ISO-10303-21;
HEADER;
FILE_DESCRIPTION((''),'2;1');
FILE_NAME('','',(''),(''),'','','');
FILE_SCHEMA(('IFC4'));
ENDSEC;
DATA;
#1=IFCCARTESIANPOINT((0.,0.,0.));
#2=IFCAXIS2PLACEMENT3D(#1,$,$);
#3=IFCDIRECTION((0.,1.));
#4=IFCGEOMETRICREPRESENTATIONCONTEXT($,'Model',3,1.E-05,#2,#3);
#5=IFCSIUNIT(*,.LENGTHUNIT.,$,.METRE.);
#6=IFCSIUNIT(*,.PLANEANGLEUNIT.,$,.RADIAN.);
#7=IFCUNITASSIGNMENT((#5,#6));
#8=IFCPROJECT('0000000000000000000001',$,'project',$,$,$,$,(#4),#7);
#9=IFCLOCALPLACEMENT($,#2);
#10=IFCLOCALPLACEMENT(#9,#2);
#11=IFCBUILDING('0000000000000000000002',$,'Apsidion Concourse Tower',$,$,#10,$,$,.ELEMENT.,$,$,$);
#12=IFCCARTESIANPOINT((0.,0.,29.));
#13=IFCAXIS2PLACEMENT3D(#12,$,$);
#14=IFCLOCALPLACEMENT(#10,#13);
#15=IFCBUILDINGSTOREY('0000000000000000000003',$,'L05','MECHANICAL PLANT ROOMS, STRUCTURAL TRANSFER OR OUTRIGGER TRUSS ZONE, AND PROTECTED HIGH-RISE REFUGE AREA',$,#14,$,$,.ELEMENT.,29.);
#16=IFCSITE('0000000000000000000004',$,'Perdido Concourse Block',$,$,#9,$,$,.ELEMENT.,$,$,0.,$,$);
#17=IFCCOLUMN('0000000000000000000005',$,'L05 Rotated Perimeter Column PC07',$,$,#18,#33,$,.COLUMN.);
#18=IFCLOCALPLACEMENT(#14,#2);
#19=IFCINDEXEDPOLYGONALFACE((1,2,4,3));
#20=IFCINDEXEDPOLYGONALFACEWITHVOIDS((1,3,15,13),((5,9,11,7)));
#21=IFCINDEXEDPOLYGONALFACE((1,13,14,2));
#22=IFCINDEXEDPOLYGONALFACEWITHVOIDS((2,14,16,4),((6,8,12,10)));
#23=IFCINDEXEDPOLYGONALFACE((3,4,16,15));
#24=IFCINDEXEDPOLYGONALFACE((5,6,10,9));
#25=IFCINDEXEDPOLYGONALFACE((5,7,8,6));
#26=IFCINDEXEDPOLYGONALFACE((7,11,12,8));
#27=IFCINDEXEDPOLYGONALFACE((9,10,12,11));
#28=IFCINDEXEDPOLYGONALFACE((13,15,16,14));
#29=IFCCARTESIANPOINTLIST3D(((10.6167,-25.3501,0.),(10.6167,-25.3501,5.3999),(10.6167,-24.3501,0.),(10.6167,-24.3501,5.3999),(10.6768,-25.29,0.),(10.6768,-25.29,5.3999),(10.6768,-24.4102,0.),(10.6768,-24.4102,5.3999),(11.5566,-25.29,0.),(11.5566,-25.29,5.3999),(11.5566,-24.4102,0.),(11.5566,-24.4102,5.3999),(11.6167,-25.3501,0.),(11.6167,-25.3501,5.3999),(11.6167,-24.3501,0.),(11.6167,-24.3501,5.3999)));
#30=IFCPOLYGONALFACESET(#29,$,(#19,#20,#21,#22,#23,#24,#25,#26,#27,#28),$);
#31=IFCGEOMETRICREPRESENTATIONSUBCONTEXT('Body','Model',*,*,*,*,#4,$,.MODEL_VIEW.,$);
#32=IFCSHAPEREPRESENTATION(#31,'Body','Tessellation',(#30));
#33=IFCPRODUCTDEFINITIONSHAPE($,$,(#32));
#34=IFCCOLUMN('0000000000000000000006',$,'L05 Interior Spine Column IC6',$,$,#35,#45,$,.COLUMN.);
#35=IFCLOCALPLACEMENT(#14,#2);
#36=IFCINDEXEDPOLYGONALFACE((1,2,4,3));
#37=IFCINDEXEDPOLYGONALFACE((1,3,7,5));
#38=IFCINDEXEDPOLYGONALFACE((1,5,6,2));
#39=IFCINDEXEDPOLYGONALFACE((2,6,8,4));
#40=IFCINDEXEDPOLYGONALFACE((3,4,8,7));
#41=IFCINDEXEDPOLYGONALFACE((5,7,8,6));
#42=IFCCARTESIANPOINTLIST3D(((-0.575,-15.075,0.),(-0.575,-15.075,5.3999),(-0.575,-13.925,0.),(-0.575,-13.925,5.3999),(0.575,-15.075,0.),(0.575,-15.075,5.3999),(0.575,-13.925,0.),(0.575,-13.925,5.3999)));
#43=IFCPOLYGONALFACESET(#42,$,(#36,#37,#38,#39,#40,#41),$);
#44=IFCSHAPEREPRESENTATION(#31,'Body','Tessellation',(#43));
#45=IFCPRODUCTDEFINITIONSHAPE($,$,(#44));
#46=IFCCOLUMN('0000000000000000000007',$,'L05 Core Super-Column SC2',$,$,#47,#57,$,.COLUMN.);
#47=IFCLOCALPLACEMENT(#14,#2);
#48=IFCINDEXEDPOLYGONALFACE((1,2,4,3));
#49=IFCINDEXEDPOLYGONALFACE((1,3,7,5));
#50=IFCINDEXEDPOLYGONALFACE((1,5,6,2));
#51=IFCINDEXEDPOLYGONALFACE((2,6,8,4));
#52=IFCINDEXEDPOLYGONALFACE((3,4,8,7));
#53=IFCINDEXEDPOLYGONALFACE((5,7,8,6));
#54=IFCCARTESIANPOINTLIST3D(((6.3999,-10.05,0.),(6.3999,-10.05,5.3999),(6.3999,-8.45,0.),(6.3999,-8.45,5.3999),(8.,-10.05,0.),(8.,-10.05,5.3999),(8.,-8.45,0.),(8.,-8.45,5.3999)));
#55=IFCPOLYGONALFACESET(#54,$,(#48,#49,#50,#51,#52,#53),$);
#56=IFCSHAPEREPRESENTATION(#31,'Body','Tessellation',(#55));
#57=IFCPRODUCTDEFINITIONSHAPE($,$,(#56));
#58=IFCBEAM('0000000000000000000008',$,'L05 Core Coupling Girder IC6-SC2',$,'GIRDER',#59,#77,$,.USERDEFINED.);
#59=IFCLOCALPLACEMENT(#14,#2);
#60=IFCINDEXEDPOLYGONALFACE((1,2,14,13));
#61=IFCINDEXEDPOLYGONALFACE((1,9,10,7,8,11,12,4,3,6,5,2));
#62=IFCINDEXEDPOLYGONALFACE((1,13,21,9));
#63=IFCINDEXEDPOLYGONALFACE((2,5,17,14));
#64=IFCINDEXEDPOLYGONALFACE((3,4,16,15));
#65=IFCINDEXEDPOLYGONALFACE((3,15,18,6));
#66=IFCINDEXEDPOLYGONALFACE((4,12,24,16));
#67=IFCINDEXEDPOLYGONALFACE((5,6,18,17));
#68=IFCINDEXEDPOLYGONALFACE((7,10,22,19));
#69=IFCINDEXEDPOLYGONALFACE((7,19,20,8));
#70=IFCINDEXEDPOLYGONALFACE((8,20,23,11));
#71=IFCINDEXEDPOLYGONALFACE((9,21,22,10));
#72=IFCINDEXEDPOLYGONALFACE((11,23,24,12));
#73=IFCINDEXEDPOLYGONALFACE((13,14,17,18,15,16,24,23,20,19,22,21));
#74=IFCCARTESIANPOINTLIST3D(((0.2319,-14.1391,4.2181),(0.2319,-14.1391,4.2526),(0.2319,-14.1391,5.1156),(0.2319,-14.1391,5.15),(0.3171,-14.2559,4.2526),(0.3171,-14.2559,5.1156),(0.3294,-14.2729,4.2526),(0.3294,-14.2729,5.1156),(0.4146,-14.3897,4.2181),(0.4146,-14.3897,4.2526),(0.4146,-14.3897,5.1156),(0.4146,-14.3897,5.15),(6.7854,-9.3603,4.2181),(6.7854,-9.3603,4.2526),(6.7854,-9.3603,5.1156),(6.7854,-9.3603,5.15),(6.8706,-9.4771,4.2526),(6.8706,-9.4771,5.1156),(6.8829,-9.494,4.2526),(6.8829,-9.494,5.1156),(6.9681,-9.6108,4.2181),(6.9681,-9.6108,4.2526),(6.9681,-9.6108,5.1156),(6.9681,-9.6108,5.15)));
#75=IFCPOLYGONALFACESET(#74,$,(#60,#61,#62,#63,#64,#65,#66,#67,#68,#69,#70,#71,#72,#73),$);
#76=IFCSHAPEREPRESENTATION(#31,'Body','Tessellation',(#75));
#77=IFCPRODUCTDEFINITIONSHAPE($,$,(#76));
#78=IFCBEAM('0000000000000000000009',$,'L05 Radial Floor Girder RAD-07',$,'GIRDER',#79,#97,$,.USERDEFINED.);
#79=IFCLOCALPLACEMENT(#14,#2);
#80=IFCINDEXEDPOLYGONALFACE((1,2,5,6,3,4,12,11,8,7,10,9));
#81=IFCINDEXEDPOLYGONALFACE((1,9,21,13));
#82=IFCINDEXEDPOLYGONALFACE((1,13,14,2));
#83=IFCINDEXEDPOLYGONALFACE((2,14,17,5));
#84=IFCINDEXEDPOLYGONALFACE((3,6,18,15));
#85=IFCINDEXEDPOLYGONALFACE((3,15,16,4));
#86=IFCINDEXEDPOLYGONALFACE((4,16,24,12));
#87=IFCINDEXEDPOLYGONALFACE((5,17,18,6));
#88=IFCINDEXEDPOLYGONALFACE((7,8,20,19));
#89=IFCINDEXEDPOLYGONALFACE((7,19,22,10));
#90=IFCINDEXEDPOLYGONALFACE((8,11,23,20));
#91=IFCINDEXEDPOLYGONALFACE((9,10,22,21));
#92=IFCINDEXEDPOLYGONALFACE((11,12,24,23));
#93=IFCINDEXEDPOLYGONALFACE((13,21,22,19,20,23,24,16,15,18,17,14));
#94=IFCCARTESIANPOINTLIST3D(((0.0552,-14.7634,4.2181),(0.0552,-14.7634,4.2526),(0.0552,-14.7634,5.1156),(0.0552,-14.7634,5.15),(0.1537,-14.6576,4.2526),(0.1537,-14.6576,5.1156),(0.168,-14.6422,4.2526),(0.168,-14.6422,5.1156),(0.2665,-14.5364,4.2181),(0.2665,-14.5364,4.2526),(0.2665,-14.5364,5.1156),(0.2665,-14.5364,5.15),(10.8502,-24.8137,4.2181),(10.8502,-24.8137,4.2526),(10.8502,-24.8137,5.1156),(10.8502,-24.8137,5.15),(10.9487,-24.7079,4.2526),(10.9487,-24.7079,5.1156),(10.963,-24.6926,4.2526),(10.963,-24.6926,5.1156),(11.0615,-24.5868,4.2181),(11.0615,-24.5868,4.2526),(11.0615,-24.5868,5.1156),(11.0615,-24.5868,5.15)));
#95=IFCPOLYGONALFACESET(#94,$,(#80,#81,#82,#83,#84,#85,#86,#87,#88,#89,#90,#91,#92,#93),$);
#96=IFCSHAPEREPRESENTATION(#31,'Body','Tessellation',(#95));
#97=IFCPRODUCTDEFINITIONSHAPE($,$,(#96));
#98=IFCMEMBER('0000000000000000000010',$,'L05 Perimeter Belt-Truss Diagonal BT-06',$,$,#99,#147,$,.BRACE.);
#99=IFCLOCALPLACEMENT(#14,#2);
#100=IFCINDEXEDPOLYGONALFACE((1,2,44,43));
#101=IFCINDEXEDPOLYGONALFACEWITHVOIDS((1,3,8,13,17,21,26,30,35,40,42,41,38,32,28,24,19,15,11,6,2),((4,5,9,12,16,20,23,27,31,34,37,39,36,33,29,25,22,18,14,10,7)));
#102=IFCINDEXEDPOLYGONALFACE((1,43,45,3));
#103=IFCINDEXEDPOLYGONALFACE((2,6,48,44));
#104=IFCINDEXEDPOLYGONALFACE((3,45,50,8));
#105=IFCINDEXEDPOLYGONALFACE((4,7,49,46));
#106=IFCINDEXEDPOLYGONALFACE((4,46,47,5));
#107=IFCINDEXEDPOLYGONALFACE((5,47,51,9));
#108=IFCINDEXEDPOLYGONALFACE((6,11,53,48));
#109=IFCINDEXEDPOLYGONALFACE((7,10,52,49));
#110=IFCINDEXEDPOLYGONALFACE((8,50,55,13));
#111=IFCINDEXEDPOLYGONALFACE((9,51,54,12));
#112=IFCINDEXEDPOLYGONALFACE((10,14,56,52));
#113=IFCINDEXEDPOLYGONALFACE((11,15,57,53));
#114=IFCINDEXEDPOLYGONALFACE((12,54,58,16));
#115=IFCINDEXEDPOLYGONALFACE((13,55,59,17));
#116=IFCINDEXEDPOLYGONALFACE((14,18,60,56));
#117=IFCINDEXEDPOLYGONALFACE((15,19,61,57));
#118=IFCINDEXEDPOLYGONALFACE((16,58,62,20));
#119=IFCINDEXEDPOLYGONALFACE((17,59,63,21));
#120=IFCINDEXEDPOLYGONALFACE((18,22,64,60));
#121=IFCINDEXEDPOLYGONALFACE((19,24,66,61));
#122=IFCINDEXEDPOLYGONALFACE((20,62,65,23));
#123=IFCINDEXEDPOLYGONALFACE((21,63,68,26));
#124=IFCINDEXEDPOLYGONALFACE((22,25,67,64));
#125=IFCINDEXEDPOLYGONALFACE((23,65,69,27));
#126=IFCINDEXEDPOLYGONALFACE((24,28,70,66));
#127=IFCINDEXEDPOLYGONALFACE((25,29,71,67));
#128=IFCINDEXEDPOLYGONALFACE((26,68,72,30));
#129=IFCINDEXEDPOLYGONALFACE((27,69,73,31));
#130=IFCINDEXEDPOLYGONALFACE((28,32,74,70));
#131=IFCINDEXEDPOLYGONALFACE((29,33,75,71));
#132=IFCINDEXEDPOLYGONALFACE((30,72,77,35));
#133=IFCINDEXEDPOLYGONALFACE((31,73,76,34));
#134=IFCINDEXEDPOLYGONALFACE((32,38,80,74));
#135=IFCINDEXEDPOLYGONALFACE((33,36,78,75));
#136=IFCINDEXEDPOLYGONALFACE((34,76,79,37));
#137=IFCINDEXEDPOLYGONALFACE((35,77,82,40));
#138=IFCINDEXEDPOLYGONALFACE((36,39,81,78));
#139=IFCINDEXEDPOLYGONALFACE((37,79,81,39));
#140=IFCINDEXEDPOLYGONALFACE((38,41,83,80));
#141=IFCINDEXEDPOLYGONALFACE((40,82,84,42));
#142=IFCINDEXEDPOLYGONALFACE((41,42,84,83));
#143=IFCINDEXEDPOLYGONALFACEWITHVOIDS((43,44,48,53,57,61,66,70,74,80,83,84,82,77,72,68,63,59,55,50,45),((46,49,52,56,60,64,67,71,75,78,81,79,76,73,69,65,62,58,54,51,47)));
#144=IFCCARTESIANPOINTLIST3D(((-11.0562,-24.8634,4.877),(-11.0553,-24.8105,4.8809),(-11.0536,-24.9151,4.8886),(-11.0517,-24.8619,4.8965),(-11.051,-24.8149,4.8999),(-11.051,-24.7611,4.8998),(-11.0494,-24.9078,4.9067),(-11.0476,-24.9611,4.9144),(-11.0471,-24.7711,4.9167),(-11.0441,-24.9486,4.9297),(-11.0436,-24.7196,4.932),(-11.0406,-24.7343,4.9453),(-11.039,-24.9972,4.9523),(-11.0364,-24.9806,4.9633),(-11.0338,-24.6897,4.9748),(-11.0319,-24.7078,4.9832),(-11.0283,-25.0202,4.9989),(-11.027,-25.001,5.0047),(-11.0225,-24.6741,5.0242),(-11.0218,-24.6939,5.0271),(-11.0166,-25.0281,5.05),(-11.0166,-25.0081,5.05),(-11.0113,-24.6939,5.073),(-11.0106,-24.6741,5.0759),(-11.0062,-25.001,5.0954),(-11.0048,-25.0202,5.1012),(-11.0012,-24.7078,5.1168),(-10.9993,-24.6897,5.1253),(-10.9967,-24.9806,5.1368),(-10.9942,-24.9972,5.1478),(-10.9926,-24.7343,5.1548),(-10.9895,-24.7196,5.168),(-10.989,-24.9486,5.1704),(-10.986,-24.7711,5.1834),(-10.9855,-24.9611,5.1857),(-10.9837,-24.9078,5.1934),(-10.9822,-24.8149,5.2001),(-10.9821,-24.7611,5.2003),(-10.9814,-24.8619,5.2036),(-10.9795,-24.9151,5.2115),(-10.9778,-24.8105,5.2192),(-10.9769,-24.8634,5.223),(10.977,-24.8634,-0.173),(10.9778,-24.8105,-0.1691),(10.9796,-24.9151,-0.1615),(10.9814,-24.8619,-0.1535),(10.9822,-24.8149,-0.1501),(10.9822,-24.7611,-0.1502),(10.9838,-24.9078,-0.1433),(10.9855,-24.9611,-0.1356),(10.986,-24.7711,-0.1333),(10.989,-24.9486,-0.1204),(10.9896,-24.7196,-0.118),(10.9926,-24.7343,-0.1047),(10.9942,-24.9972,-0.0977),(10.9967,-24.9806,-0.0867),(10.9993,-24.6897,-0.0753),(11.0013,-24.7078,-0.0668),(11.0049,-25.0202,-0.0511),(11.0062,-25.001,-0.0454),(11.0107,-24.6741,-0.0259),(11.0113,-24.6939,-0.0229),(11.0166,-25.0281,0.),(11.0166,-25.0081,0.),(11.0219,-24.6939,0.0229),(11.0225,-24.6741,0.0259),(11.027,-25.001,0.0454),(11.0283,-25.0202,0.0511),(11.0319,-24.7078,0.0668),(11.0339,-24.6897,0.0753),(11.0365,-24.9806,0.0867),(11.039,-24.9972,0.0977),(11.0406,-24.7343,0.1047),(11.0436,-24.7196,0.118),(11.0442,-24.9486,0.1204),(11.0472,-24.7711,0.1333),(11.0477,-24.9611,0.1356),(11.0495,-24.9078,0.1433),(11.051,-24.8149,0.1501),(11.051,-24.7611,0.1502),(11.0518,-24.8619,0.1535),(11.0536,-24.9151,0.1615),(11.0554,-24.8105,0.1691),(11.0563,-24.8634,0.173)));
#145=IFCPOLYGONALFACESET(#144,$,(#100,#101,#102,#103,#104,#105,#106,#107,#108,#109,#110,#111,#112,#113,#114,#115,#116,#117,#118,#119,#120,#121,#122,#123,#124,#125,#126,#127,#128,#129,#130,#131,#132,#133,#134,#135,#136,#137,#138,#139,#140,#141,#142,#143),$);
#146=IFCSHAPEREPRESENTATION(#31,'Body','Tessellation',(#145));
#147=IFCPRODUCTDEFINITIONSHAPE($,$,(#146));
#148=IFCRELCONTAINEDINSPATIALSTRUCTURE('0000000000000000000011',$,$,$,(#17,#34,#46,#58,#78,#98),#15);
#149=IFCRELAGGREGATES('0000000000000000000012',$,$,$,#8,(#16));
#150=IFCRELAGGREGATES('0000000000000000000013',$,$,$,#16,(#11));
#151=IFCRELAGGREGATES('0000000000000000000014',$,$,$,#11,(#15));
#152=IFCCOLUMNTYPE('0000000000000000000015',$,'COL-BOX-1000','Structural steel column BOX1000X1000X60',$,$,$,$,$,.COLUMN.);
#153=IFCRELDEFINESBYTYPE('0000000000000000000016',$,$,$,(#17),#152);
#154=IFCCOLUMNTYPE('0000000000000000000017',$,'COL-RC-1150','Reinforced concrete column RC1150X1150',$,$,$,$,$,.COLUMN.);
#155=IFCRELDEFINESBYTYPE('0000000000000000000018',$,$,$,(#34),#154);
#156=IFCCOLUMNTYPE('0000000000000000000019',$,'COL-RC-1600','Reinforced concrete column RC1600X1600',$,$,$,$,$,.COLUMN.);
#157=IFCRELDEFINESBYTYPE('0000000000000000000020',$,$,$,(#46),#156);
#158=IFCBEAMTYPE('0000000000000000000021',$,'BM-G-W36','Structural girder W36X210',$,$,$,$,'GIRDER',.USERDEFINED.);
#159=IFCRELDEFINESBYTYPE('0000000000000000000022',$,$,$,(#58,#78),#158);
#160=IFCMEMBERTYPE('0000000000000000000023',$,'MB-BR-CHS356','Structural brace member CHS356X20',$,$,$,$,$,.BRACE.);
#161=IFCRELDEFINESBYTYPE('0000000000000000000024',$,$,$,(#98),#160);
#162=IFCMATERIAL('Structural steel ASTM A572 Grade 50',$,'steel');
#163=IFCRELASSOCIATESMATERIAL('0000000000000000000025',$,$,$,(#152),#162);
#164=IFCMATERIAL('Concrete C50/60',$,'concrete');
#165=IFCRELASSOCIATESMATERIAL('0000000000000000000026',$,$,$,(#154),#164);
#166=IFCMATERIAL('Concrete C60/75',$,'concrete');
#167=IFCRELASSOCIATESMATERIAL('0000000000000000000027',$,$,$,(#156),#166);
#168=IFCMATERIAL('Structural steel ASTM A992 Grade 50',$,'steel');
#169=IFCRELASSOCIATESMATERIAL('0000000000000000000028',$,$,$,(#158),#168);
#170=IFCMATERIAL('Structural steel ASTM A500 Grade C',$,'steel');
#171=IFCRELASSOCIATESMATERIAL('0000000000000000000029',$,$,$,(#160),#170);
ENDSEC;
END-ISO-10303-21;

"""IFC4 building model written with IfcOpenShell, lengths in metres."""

from ifc_helpers import new_model, si_unit, direction, frame, origin, origin_2d, place, context, subcontext, project, spatial, rectangle, hollow_rectangle, hollow_circle, i_section, extrude, material, material_profile, profile_set, type_object, element, save


model = new_model("IFC4")

# Units and contexts
model_context = context("Model", 3, precision=1e-05, world=origin(), true_north=direction((0.0, 1.0)))
body_context = subcontext(model_context, "Body", "Model", "MODEL_VIEW")
ifc_project = project(units=[si_unit("LENGTHUNIT", "METRE"), si_unit("PLANEANGLEUNIT", "RADIAN")], contexts=[model_context])

# Site, building, storey
site_placement = place(None, origin())
site = spatial("IfcSite", under=ifc_project, at=site_placement, Name="Perdido Concourse Block", CompositionType="ELEMENT", RefElevation=0.0)
building_placement = place(site_placement, origin())
building = spatial("IfcBuilding", under=site, at=building_placement, Name="Apsidion Concourse Tower", CompositionType="ELEMENT")
storey_placement = place(building_placement, frame((0.0, 0.0, 29.0)))
storey = spatial("IfcBuildingStorey", under=building, at=storey_placement, Name="L05", Description="MECHANICAL PLANT ROOMS, STRUCTURAL TRANSFER OR OUTRIGGER TRUSS ZONE, AND PROTECTED HIGH-RISE REFUGE AREA", CompositionType="ELEMENT", Elevation=29.0)

# Columns
ifc_material_1 = material(Name="Structural steel ASTM A572 Grade 50", Category="steel")
ifc_material_profile_1 = material_profile(ifc_material_1, hollow_rectangle(XDim=1.0, YDim=1.0, WallThickness=0.0601, at=origin_2d()), Name="BOX1000X1000X60")
ifc_profile_set_1 = profile_set([ifc_material_profile_1], Name="Structural steel ASTM A572 Grade 50")
column_type_1 = type_object("IfcColumnType", Name="COL-BOX-1000", Description="Structural steel column BOX1000X1000X60", PredefinedType="COLUMN", material=ifc_profile_set_1)
column_1_placement = place(storey_placement, frame((11.1167, -24.8501, 0.0), z_axis=(0.0, 0.0, 1.0), x_axis=(1.0, 0.0, 0.0)))
element("IfcColumn", 1, at=column_1_placement, inside=storey, type_object=column_type_1, Name="L05 Rotated Perimeter Column PC07", PredefinedType="COLUMN", context=body_context, shape_type="SweptSolid", body=[
    extrude(hollow_rectangle(XDim=1.0, YDim=1.0, WallThickness=0.0601, at=origin_2d()), origin(), (0.0, 0.0, 1.0), 5.3999),
])
ifc_material_2 = material(Name="Concrete C50/60", Category="concrete")
ifc_material_profile_2 = material_profile(ifc_material_2, rectangle(XDim=1.1499, YDim=1.1499, at=origin_2d()), Name="RC 1150x1150")
ifc_profile_set_2 = profile_set([ifc_material_profile_2], Name="Concrete C50/60")
column_type_2 = type_object("IfcColumnType", Name="COL-RC-1150", Description="Reinforced concrete column RC1150X1150", PredefinedType="COLUMN", material=ifc_profile_set_2)
column_2_placement = place(storey_placement, frame((0.0, -14.5, 0.0), z_axis=(0.0, 0.0, 1.0), x_axis=(1.0, 0.0, 0.0)))
element("IfcColumn", 2, at=column_2_placement, inside=storey, type_object=column_type_2, Name="L05 Interior Spine Column IC6", PredefinedType="COLUMN", context=body_context, shape_type="SweptSolid", body=[
    extrude(rectangle(XDim=1.1499, YDim=1.1499, at=origin_2d()), origin(), (0.0, 0.0, 1.0), 5.3999),
])
ifc_material_3 = material(Name="Concrete C60/75", Category="concrete")
ifc_material_profile_3 = material_profile(ifc_material_3, rectangle(XDim=1.6001, YDim=1.6001, at=origin_2d()), Name="RC 1600x1600")
ifc_profile_set_3 = profile_set([ifc_material_profile_3], Name="Concrete C60/75")
column_type_3 = type_object("IfcColumnType", Name="COL-RC-1600", Description="Reinforced concrete column RC1600X1600", PredefinedType="COLUMN", material=ifc_profile_set_3)
column_3_placement = place(storey_placement, frame((7.2, -9.25, 0.0), z_axis=(0.0, 0.0, 1.0), x_axis=(1.0, 0.0, 0.0)))
element("IfcColumn", 3, at=column_3_placement, inside=storey, type_object=column_type_3, Name="L05 Core Super-Column SC2", PredefinedType="COLUMN", context=body_context, shape_type="SweptSolid", body=[
    extrude(rectangle(XDim=1.6001, YDim=1.6001, at=origin_2d()), origin(), (0.0, 0.0, 1.0), 5.3999),
])

# Beams
ifc_material_4 = material(Name="Structural steel ASTM A992 Grade 50", Category="steel")
ifc_material_profile_4 = material_profile(ifc_material_4, i_section(OverallWidth=0.3101, OverallDepth=0.9319, WebThickness=0.021, FlangeThickness=0.0344, at=origin_2d()), Name="W36X210")
ifc_profile_set_4 = profile_set([ifc_material_profile_4], Name="Structural steel ASTM A992 Grade 50")
beam_type = type_object("IfcBeamType", Name="BM-G-W36", Description="Structural girder W36X210", ElementType="GIRDER", PredefinedType="USERDEFINED", material=ifc_profile_set_4)
beam_1_placement = place(storey_placement, frame((0.3232, -14.2644, 4.6841), z_axis=(0.807993, 0.589191, 0.0), x_axis=(-0.589191, 0.807993, 0.0)))
element("IfcBeam", 4, at=beam_1_placement, inside=storey, type_object=beam_type, Name="L05 Core Coupling Girder IC6-SC2", ObjectType="GIRDER", PredefinedType="USERDEFINED", context=body_context, shape_type="SweptSolid", body=[
    extrude(i_section(OverallWidth=0.3101, OverallDepth=0.9319, WebThickness=0.021, FlangeThickness=0.0344, at=origin_2d()), origin(), (0.0, 0.0, 1.0), 8.1108),
])
beam_2_placement = place(storey_placement, frame((0.1609, -14.6499, 4.6841), z_axis=(0.731899, -0.681413, 0.0), x_axis=(0.681413, 0.731899, 0.0)))
element("IfcBeam", 5, at=beam_2_placement, inside=storey, type_object=beam_type, Name="L05 Radial Floor Girder RAD-07", ObjectType="GIRDER", PredefinedType="USERDEFINED", context=body_context, shape_type="SweptSolid", body=[
    extrude(i_section(OverallWidth=0.3101, OverallDepth=0.9319, WebThickness=0.021, FlangeThickness=0.0344, at=origin_2d()), origin(), (0.0, 0.0, 1.0), 14.7493),
])

# Member
ifc_material_5 = material(Name="Structural steel ASTM A500 Grade C", Category="steel")
ifc_material_profile_5 = material_profile(ifc_material_5, hollow_circle(Radius=0.178, WallThickness=0.02, at=origin_2d()), Name="CHS356X20")
ifc_profile_set_5 = profile_set([ifc_material_profile_5], Name="Structural steel ASTM A500 Grade C")
member_type_1 = type_object("IfcMemberType", Name="MB-BR-CHS356", Description="Structural brace member CHS356X20", PredefinedType="BRACE", material=ifc_profile_set_5)
for number, where, z_axis, x_axis, name in (
    (6, (11.0166, -24.8501, 0.0), (-0.974725, 0.0, 0.223409), (0.0, -1.0, 0.0), "L05 Perimeter Belt-Truss Diagonal BT-06"),
):
    element("IfcMember", number, at=place(storey_placement, frame(where, z_axis=z_axis, x_axis=x_axis)), inside=storey, type_object=member_type_1, Name=name, PredefinedType="BRACE", context=body_context, shape_type="SweptSolid", body=[
        extrude(hollow_circle(Radius=0.178, WallThickness=0.02, at=origin_2d()), origin(), (0.0, 0.0, 1.0), 22.6045),
    ])

save(model, "model.ifc")
